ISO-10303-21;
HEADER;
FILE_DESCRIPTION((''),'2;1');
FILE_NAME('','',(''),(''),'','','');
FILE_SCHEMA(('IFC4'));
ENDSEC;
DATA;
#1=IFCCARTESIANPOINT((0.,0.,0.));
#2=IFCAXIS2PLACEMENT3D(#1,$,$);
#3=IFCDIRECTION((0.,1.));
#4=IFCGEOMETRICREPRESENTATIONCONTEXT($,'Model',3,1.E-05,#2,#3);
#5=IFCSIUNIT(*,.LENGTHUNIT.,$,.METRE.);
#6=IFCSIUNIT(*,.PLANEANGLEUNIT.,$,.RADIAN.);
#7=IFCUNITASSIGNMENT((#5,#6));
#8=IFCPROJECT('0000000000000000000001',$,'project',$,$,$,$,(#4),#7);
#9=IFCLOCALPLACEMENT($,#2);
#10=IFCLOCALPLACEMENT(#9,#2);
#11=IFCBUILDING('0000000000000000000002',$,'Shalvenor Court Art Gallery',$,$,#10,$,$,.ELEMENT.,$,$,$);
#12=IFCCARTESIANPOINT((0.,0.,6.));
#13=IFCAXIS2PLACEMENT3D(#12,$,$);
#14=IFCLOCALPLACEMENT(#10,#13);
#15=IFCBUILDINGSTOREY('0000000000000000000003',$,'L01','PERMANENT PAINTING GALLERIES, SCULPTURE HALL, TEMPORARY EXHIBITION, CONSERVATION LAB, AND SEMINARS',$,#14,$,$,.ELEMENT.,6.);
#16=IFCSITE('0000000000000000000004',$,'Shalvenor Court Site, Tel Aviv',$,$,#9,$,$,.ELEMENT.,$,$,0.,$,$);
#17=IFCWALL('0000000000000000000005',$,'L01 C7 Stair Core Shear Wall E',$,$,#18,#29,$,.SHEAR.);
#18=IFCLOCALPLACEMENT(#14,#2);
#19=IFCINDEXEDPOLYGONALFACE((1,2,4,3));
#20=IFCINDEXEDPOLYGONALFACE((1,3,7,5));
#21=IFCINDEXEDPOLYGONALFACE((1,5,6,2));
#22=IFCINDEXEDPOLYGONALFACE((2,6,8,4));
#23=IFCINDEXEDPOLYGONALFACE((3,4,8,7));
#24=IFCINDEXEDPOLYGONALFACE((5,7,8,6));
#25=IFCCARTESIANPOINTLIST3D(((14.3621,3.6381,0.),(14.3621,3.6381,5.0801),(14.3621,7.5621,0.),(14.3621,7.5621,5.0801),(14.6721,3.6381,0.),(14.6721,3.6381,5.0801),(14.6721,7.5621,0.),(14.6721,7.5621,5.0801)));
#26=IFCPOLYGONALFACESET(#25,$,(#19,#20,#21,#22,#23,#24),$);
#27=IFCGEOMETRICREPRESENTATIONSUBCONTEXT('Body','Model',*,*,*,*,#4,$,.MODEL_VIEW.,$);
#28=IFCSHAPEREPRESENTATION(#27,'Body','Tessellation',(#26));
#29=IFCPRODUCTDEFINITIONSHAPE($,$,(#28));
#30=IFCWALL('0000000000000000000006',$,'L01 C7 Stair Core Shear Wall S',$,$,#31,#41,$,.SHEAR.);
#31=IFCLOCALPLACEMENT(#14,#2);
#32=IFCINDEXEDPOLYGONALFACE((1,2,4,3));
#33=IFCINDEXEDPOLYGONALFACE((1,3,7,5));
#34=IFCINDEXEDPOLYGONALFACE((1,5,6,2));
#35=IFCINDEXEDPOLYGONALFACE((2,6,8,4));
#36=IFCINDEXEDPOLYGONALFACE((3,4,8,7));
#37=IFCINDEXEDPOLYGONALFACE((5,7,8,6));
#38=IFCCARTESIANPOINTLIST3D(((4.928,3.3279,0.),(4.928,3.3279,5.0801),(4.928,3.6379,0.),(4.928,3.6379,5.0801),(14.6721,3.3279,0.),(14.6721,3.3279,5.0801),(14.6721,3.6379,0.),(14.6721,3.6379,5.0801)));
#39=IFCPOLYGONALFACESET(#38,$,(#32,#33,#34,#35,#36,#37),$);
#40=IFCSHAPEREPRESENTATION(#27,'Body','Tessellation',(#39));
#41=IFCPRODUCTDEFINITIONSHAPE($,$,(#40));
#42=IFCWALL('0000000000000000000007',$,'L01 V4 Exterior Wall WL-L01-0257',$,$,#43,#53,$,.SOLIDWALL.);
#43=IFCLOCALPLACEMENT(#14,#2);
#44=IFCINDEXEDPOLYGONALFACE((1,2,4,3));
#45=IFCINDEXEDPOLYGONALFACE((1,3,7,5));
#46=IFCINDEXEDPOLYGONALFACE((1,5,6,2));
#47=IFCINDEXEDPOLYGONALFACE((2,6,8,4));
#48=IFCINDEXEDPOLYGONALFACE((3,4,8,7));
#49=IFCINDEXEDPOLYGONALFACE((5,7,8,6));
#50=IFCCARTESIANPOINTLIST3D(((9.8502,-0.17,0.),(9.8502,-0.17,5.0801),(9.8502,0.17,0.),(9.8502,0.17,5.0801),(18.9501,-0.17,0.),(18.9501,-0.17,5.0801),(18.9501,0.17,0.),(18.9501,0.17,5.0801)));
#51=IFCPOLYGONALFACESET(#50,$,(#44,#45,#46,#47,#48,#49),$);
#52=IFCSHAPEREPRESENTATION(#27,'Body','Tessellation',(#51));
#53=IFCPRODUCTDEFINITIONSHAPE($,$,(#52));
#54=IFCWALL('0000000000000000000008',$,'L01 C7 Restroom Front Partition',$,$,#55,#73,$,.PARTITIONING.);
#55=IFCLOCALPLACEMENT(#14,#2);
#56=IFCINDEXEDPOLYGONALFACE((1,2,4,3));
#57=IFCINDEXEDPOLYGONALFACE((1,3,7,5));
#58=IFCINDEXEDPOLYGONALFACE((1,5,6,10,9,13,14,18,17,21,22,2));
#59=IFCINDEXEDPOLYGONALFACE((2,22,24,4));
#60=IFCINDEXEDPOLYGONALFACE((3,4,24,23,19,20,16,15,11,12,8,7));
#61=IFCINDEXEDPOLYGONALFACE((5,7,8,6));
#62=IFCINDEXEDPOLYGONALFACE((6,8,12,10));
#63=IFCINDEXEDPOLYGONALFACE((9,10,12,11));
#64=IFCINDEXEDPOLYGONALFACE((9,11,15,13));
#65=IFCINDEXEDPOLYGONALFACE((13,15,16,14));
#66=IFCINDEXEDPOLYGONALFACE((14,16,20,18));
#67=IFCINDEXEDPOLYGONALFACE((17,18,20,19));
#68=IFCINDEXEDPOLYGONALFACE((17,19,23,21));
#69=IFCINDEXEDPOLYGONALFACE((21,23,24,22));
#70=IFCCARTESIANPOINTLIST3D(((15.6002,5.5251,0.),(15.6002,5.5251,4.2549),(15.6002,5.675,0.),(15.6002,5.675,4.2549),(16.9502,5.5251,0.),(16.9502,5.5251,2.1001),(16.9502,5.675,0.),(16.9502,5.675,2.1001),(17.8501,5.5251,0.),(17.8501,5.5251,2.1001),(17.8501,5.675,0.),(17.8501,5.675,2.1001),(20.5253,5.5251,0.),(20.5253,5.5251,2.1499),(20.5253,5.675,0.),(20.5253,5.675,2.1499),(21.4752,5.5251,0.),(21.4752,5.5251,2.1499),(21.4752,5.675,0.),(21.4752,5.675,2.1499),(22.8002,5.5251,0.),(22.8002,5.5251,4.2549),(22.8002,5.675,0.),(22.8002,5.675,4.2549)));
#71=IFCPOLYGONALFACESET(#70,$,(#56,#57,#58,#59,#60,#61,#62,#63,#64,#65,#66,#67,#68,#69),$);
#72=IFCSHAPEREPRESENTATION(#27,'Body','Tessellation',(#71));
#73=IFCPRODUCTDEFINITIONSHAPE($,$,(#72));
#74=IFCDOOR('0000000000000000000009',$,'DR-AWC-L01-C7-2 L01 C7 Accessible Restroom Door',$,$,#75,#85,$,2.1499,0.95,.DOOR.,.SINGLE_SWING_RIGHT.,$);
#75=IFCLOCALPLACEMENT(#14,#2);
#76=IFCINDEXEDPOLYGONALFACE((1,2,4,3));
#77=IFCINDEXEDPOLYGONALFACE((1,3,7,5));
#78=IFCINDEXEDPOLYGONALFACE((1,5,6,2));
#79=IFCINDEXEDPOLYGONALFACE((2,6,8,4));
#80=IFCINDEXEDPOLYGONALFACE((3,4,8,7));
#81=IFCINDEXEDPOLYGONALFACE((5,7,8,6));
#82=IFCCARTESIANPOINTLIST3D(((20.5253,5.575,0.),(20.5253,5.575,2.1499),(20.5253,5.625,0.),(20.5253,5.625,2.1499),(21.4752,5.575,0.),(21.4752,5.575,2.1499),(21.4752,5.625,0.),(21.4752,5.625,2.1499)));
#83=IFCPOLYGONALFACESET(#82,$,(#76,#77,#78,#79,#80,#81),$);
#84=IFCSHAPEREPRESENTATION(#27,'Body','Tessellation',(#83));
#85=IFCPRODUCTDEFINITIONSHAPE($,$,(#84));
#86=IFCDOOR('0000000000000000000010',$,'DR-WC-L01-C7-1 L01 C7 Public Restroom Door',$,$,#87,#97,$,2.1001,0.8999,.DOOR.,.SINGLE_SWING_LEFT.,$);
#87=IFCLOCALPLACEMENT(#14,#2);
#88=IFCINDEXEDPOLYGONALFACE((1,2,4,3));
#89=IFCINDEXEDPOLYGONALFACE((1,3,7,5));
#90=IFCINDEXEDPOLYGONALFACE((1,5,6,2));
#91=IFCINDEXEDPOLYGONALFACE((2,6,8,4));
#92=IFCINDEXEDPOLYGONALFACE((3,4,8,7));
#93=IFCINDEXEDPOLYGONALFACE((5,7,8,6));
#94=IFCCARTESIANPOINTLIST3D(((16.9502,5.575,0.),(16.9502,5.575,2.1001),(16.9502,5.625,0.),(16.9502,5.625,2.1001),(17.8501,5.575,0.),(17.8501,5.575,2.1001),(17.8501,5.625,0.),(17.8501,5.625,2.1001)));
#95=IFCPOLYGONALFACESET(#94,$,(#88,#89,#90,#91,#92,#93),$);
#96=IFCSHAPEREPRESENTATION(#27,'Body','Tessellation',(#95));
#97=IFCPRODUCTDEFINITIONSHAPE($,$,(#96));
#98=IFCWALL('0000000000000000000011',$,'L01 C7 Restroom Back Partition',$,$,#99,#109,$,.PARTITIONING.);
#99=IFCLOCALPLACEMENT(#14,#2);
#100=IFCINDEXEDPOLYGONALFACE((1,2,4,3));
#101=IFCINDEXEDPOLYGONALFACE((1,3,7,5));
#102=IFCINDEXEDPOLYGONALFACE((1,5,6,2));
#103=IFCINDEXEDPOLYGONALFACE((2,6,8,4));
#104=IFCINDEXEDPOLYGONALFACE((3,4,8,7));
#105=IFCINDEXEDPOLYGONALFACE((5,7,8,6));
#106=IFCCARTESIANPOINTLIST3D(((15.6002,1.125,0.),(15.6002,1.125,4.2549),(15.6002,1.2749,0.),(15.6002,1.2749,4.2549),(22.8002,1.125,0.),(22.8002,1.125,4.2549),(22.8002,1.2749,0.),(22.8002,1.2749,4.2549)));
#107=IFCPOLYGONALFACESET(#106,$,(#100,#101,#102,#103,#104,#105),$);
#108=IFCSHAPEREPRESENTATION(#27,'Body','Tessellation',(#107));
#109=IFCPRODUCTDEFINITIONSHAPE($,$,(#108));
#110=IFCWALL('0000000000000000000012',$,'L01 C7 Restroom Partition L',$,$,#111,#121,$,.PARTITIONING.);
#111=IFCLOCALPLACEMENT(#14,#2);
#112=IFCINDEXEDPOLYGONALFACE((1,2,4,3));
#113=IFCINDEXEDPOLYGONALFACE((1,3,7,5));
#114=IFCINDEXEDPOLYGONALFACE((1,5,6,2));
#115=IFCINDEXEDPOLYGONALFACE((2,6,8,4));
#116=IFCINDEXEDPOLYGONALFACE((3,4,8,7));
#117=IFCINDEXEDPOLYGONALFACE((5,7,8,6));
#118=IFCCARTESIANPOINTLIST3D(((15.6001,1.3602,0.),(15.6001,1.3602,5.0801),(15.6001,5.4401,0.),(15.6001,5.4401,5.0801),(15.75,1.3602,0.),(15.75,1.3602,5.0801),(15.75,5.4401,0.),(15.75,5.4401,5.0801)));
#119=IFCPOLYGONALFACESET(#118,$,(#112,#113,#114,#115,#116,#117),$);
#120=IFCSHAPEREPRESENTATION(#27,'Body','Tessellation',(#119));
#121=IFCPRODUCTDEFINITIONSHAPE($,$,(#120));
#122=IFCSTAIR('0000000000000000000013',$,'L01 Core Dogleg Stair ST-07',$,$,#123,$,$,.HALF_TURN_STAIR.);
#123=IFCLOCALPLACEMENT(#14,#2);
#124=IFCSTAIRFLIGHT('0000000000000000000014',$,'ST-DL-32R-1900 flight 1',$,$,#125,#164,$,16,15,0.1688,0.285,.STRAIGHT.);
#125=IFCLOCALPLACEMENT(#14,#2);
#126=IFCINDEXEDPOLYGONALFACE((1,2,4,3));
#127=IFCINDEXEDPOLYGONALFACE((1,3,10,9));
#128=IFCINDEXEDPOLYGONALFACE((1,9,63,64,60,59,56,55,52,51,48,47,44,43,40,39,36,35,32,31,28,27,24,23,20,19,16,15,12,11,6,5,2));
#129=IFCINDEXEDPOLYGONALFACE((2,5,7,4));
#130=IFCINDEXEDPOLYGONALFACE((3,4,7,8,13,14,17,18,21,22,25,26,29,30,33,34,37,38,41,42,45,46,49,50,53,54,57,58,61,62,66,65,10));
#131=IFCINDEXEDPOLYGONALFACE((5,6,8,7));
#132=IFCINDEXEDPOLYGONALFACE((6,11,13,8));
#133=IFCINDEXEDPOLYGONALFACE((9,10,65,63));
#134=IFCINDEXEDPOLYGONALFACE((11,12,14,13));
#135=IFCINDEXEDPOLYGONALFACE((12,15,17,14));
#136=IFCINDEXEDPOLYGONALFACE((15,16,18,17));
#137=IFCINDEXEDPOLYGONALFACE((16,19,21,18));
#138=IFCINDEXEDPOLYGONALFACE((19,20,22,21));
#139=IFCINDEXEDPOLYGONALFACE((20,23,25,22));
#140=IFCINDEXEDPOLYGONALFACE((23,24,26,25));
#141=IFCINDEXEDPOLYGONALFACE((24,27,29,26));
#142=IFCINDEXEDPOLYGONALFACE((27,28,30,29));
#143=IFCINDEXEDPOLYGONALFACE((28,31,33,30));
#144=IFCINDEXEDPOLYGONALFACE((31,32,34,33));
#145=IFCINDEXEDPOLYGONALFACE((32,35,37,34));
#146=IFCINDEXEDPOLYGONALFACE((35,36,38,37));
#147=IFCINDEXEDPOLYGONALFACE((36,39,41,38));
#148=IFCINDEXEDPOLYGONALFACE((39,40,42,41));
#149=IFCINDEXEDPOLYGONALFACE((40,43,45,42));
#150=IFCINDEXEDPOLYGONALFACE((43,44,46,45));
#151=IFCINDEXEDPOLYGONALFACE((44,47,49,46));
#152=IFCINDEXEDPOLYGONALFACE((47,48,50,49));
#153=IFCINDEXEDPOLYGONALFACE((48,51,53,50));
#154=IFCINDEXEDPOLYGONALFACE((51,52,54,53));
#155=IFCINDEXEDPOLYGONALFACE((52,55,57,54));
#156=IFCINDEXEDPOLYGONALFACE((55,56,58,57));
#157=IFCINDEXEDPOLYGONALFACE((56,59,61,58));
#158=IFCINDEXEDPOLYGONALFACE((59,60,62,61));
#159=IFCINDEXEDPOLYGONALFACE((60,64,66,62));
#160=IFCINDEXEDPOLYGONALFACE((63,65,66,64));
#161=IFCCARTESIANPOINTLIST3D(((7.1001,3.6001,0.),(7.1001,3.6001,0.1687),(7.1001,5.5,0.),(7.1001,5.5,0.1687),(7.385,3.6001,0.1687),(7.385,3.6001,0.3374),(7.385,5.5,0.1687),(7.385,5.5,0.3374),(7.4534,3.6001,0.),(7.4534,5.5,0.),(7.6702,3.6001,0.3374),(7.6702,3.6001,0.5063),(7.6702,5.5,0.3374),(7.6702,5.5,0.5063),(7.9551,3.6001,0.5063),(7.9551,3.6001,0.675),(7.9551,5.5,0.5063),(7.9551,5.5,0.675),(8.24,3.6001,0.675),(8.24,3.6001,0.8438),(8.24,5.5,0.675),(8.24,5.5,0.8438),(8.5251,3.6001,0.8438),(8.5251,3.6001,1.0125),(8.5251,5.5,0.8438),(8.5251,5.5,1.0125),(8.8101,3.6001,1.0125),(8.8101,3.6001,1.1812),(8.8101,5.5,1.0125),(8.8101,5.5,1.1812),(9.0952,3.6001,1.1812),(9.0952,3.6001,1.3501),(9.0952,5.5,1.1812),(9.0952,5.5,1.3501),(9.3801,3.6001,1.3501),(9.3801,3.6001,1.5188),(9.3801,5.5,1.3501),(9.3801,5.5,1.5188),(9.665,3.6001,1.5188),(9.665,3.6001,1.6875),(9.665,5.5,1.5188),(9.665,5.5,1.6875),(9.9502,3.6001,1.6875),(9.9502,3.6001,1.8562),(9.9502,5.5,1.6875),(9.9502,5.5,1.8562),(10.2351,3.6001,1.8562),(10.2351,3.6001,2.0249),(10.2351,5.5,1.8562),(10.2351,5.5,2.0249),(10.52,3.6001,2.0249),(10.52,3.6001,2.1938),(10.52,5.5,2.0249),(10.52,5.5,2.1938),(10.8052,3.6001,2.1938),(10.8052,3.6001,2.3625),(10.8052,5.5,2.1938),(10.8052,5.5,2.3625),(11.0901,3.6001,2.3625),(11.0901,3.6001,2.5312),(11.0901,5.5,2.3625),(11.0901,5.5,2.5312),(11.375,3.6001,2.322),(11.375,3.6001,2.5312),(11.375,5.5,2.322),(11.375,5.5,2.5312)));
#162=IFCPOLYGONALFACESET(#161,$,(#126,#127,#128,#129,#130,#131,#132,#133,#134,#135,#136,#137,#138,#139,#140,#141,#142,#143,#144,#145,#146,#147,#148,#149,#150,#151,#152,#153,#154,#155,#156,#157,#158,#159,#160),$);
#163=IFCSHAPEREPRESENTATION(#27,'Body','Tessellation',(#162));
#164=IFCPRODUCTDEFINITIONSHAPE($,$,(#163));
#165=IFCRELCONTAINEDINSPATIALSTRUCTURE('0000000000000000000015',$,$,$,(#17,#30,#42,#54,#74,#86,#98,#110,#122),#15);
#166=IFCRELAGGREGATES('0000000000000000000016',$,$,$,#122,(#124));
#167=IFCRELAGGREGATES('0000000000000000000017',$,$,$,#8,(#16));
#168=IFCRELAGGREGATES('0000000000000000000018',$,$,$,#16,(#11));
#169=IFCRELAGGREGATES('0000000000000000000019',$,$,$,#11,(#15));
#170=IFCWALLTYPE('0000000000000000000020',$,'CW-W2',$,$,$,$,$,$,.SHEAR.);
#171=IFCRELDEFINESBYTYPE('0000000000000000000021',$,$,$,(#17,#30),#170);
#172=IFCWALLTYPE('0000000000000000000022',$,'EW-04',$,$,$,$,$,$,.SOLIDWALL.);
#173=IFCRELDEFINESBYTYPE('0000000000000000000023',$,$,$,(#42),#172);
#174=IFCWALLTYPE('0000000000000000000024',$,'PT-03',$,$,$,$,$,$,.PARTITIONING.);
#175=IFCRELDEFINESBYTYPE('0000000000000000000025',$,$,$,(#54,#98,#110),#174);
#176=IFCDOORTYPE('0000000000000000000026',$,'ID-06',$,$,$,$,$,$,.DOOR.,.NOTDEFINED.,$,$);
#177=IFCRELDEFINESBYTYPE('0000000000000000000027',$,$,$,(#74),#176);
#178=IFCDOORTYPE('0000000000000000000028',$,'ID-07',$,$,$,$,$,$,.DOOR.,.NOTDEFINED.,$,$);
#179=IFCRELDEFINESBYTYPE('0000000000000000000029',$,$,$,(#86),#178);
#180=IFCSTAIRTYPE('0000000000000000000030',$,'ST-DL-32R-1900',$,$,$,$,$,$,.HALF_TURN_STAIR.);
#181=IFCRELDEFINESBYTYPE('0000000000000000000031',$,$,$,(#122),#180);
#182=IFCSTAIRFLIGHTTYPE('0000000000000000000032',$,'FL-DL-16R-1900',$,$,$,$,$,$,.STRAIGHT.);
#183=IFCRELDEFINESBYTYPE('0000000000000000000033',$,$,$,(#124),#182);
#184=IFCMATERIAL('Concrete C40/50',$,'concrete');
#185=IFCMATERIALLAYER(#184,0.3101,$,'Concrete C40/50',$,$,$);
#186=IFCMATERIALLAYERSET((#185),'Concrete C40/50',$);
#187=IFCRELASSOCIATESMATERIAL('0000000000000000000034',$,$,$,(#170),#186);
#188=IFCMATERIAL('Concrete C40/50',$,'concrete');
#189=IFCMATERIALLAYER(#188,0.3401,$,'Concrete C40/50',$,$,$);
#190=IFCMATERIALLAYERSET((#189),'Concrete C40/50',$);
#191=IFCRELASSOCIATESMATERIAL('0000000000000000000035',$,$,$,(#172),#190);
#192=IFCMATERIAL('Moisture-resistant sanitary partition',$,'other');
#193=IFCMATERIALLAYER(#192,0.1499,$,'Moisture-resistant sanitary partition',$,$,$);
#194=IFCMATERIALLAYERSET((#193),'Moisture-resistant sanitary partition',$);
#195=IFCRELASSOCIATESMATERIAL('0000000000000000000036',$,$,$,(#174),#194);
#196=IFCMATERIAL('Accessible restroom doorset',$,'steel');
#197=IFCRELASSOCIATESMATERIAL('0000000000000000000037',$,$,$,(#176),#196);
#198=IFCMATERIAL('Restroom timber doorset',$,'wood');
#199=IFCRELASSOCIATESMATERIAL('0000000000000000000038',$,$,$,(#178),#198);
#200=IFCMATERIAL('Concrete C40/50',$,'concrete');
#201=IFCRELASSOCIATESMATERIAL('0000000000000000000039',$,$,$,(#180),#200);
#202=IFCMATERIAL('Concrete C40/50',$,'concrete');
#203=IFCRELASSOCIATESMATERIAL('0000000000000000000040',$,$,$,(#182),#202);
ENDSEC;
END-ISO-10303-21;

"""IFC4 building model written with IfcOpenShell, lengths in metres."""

from ifc_helpers import new_model, si_unit, direction, frame, frame_2d, origin, place, context, subcontext, project, spatial, polyline, rectangle, outline, extrude, material, layer, layer_set, type_object, element, fill, aggregate, save


model = new_model("IFC4")

# Units and contexts
model_context = context("Model", 3, precision=1e-05, world=origin(), true_north=direction((0.0, 1.0)))
body_context = subcontext(model_context, "Body", "Model", "MODEL_VIEW")
ifc_project = project(units=[si_unit("LENGTHUNIT", "METRE"), si_unit("PLANEANGLEUNIT", "RADIAN")], contexts=[model_context])

# Site, building, storey
site_placement = place(None, origin())
site = spatial("IfcSite", under=ifc_project, at=site_placement, Name="Shalvenor Court Site, Tel Aviv", CompositionType="ELEMENT", RefElevation=0.0)
building_placement = place(site_placement, origin())
building = spatial("IfcBuilding", under=site, at=building_placement, Name="Shalvenor Court Art Gallery", CompositionType="ELEMENT")
storey_placement = place(building_placement, frame((0.0, 0.0, 6.0)))
storey = spatial("IfcBuildingStorey", under=building, at=storey_placement, Name="L01", Description="PERMANENT PAINTING GALLERIES, SCULPTURE HALL, TEMPORARY EXHIBITION, CONSERVATION LAB, AND SEMINARS", CompositionType="ELEMENT", Elevation=6.0)

# Walls
ifc_material_1 = material(Name="Concrete C40/50", Category="concrete")
ifc_layer_1 = layer(ifc_material_1, 0.3101, Name="Concrete C40/50")
ifc_layer_set_1 = layer_set([ifc_layer_1], Name="Concrete C40/50")
wall_type_1 = type_object("IfcWallType", Name="CW-W2", PredefinedType="SHEAR", material=ifc_layer_set_1)
wall_1_placement = place(storey_placement, frame((14.5171, 7.562, 0.0), z_axis=(0.0, 0.0, 1.0), x_axis=(0.0, -1.0, 0.0)))
element("IfcWall", 1, at=wall_1_placement, inside=storey, type_object=wall_type_1, Name="L01 C7 Stair Core Shear Wall E", PredefinedType="SHEAR", context=body_context, shape_type="SweptSolid", body=[
    extrude(rectangle(XDim=3.9241, YDim=0.3101, at=frame_2d((1.9619, 0.0))), origin(), (0.0, 0.0, 1.0), 5.0801),
])
wall_2_placement = place(storey_placement, frame((14.6721, 3.4829, 0.0), z_axis=(0.0, 0.0, 1.0), x_axis=(-1.0, 0.0, 0.0)))
element("IfcWall", 2, at=wall_2_placement, inside=storey, type_object=wall_type_1, Name="L01 C7 Stair Core Shear Wall S", PredefinedType="SHEAR", context=body_context, shape_type="SweptSolid", body=[
    extrude(rectangle(XDim=9.7441, YDim=0.3101, at=frame_2d((4.8721, 0.0))), origin(), (0.0, 0.0, 1.0), 5.0801),
])
ifc_material_2 = material(Name="Concrete C40/50", Category="concrete")
ifc_layer_2 = layer(ifc_material_2, 0.3401, Name="Concrete C40/50")
ifc_layer_set_2 = layer_set([ifc_layer_2], Name="Concrete C40/50")
wall_type_2 = type_object("IfcWallType", Name="EW-04", PredefinedType="SOLIDWALL", material=ifc_layer_set_2)
wall_3_placement = place(storey_placement, frame((18.95, 0.0, 0.0), z_axis=(0.0, 0.0, 1.0), x_axis=(-1.0, 0.0, 0.0)))
element("IfcWall", 3, at=wall_3_placement, inside=storey, type_object=wall_type_2, Name="L01 V4 Exterior Wall WL-L01-0257", PredefinedType="SOLIDWALL", context=body_context, shape_type="SweptSolid", body=[
    extrude(rectangle(XDim=9.0999, YDim=0.3401, at=frame_2d((4.5498, 0.0))), origin(), (0.0, 0.0, 1.0), 5.0801),
])

# Wall, openings, doors
ifc_material_3 = material(Name="Moisture-resistant sanitary partition", Category="other")
ifc_layer_3 = layer(ifc_material_3, 0.1499, Name="Moisture-resistant sanitary partition")
ifc_layer_set_3 = layer_set([ifc_layer_3], Name="Moisture-resistant sanitary partition")
wall_type_3 = type_object("IfcWallType", Name="PT-03", PredefinedType="PARTITIONING", material=ifc_layer_set_3)
wall_4_placement = place(storey_placement, frame((15.6001, 5.6001, 0.0), z_axis=(0.0, 0.0, 1.0), x_axis=(1.0, 0.0, 0.0)))
wall_4 = element("IfcWall", 4, at=wall_4_placement, inside=storey, type_object=wall_type_3, Name="L01 C7 Restroom Front Partition", PredefinedType="PARTITIONING", context=body_context, shape_type="SweptSolid", body=[
    extrude(rectangle(XDim=7.2, YDim=0.1499, at=frame_2d((3.6001, 0.0))), origin(), (0.0, 0.0, 1.0), 4.2549),
])
opening_1_placement = place(wall_4_placement, frame((1.3501, 0.0, 0.0)))
opening_1 = element("IfcOpeningElement", 5, at=opening_1_placement, cuts=wall_4, PredefinedType="OPENING", context=body_context, shape_type="SweptSolid", body=[
    extrude(rectangle(XDim=0.8999, YDim=2.1001, at=frame_2d((0.45, 1.05))), frame((0.0, 0.085, 0.0), z_axis=(0.0, -1.0, 0.0), x_axis=(1.0, 0.0, 0.0)), (0.0, 0.0, 1.0), 0.1699),
])
opening_2_placement = place(wall_4_placement, frame((4.925, 0.0, 0.0)))
opening_2 = element("IfcOpeningElement", 6, at=opening_2_placement, cuts=wall_4, PredefinedType="OPENING", context=body_context, shape_type="SweptSolid", body=[
    extrude(rectangle(XDim=0.95, YDim=2.1499, at=frame_2d((0.4751, 1.075))), frame((0.0, 0.085, 0.0), z_axis=(0.0, -1.0, 0.0), x_axis=(1.0, 0.0, 0.0)), (0.0, 0.0, 1.0), 0.1699),
])
ifc_material_4 = material(Name="Accessible restroom doorset", Category="steel")
door_type_1 = type_object("IfcDoorType", Name="ID-06", OperationType="NOTDEFINED", PredefinedType="DOOR", material=ifc_material_4)
door_1_placement = place(opening_2_placement, origin())
door_1 = element("IfcDoor", 7, at=door_1_placement, inside=storey, type_object=door_type_1, Name="DR-AWC-L01-C7-2 L01 C7 Accessible Restroom Door", OperationType="SINGLE_SWING_RIGHT", OverallHeight=2.1499, OverallWidth=0.95, PredefinedType="DOOR", context=body_context, shape_type="SweptSolid", body=[
    extrude(rectangle(XDim=0.95, YDim=2.1499, at=frame_2d((0.4751, 1.075))), frame((0.0, 0.0249, 0.0), z_axis=(0.0, -1.0, 0.0), x_axis=(1.0, 0.0, 0.0)), (0.0, 0.0, 1.0), 0.05),
])
fill(opening_2, door_1)
ifc_material_5 = material(Name="Restroom timber doorset", Category="wood")
door_type_2 = type_object("IfcDoorType", Name="ID-07", OperationType="NOTDEFINED", PredefinedType="DOOR", material=ifc_material_5)
door_2_placement = place(opening_1_placement, origin())
door_2 = element("IfcDoor", 8, at=door_2_placement, inside=storey, type_object=door_type_2, Name="DR-WC-L01-C7-1 L01 C7 Public Restroom Door", OperationType="SINGLE_SWING_LEFT", OverallHeight=2.1001, OverallWidth=0.8999, PredefinedType="DOOR", context=body_context, shape_type="SweptSolid", body=[
    extrude(rectangle(XDim=0.8999, YDim=2.1001, at=frame_2d((0.45, 1.05))), frame((0.0, 0.0249, 0.0), z_axis=(0.0, -1.0, 0.0), x_axis=(1.0, 0.0, 0.0)), (0.0, 0.0, 1.0), 0.05),
])
fill(opening_1, door_2)

# Walls
wall_5_placement = place(storey_placement, frame((15.6001, 1.2, 0.0), z_axis=(0.0, 0.0, 1.0), x_axis=(1.0, 0.0, 0.0)))
element("IfcWall", 9, at=wall_5_placement, inside=storey, type_object=wall_type_3, Name="L01 C7 Restroom Back Partition", PredefinedType="PARTITIONING", context=body_context, shape_type="SweptSolid", body=[
    extrude(rectangle(XDim=7.2, YDim=0.1499, at=frame_2d((3.6001, 0.0))), origin(), (0.0, 0.0, 1.0), 4.2549),
])
wall_6_placement = place(storey_placement, frame((15.675, 1.3601, 0.0), z_axis=(0.0, 0.0, 1.0), x_axis=(0.0, 1.0, 0.0)))
element("IfcWall", 10, at=wall_6_placement, inside=storey, type_object=wall_type_3, Name="L01 C7 Restroom Partition L", PredefinedType="PARTITIONING", context=body_context, shape_type="SweptSolid", body=[
    extrude(rectangle(XDim=4.0798, YDim=0.1499, at=frame_2d((2.04, 0.0))), origin(), (0.0, 0.0, 1.0), 5.0801),
])

# Stair, stair flight
ifc_material_6 = material(Name="Concrete C40/50", Category="concrete")
stair_type = type_object("IfcStairType", Name="ST-DL-32R-1900", PredefinedType="HALF_TURN_STAIR", material=ifc_material_6)
stair_placement = place(storey_placement, origin())
stair = element("IfcStair", 11, at=stair_placement, inside=storey, type_object=stair_type, Name="L01 Core Dogleg Stair ST-07", PredefinedType="HALF_TURN_STAIR")
ifc_material_7 = material(Name="Concrete C40/50", Category="concrete")
stair_flight_type = type_object("IfcStairFlightType", Name="FL-DL-16R-1900", PredefinedType="STRAIGHT", material=ifc_material_7)
stair_flight_1_placement = place(storey_placement, frame((7.1001, 4.55, 0.0), z_axis=(0.0, 0.0, 1.0), x_axis=(1.0, 0.0, 0.0)))
stair_flight_1 = element("IfcStairFlight", 12, at=stair_flight_1_placement, type_object=stair_flight_type, Name="ST-DL-32R-1900 flight 1", NumberOfRisers=16, NumberOfTreads=15, PredefinedType="STRAIGHT", RiserHeight=0.1688, TreadLength=0.285, context=body_context, shape_type="SweptSolid", body=[
    extrude(outline(polyline([(0.0, 0.0), (0.0, 0.1687), (0.2849, 0.1687), (0.2849, 0.3374), (0.5701, 0.3374), (0.5701, 0.5063), (0.855, 0.5063), (0.855, 0.675), (1.1399, 0.675), (1.1399, 0.8438), (1.425, 0.8438), (1.425, 1.0125), (1.71, 1.0125), (1.71, 1.1812), (1.9951, 1.1812), (1.9951, 1.3501), (2.28, 1.3501), (2.28, 1.5188), (2.5649, 1.5188), (2.5649, 1.6875), (2.8501, 1.6875), (2.8501, 1.8562), (3.135, 1.8562), (3.135, 2.0249), (3.4199, 2.0249), (3.4199, 2.1938), (3.7051, 2.1938), (3.7051, 2.3625), (3.99, 2.3625), (3.99, 2.5312), (4.2749, 2.5312), (4.2749, 2.7), (4.2749, 2.322), (0.3533, 0.0), (0.0, 0.0)])), frame((0.0, 0.95, 0.0), z_axis=(0.0, -1.0, 0.0), x_axis=(1.0, 0.0, 0.0)), (0.0, 0.0, 1.0), 1.8999),
])
aggregate(stair, [stair_flight_1])

save(model, "model.ifc")
